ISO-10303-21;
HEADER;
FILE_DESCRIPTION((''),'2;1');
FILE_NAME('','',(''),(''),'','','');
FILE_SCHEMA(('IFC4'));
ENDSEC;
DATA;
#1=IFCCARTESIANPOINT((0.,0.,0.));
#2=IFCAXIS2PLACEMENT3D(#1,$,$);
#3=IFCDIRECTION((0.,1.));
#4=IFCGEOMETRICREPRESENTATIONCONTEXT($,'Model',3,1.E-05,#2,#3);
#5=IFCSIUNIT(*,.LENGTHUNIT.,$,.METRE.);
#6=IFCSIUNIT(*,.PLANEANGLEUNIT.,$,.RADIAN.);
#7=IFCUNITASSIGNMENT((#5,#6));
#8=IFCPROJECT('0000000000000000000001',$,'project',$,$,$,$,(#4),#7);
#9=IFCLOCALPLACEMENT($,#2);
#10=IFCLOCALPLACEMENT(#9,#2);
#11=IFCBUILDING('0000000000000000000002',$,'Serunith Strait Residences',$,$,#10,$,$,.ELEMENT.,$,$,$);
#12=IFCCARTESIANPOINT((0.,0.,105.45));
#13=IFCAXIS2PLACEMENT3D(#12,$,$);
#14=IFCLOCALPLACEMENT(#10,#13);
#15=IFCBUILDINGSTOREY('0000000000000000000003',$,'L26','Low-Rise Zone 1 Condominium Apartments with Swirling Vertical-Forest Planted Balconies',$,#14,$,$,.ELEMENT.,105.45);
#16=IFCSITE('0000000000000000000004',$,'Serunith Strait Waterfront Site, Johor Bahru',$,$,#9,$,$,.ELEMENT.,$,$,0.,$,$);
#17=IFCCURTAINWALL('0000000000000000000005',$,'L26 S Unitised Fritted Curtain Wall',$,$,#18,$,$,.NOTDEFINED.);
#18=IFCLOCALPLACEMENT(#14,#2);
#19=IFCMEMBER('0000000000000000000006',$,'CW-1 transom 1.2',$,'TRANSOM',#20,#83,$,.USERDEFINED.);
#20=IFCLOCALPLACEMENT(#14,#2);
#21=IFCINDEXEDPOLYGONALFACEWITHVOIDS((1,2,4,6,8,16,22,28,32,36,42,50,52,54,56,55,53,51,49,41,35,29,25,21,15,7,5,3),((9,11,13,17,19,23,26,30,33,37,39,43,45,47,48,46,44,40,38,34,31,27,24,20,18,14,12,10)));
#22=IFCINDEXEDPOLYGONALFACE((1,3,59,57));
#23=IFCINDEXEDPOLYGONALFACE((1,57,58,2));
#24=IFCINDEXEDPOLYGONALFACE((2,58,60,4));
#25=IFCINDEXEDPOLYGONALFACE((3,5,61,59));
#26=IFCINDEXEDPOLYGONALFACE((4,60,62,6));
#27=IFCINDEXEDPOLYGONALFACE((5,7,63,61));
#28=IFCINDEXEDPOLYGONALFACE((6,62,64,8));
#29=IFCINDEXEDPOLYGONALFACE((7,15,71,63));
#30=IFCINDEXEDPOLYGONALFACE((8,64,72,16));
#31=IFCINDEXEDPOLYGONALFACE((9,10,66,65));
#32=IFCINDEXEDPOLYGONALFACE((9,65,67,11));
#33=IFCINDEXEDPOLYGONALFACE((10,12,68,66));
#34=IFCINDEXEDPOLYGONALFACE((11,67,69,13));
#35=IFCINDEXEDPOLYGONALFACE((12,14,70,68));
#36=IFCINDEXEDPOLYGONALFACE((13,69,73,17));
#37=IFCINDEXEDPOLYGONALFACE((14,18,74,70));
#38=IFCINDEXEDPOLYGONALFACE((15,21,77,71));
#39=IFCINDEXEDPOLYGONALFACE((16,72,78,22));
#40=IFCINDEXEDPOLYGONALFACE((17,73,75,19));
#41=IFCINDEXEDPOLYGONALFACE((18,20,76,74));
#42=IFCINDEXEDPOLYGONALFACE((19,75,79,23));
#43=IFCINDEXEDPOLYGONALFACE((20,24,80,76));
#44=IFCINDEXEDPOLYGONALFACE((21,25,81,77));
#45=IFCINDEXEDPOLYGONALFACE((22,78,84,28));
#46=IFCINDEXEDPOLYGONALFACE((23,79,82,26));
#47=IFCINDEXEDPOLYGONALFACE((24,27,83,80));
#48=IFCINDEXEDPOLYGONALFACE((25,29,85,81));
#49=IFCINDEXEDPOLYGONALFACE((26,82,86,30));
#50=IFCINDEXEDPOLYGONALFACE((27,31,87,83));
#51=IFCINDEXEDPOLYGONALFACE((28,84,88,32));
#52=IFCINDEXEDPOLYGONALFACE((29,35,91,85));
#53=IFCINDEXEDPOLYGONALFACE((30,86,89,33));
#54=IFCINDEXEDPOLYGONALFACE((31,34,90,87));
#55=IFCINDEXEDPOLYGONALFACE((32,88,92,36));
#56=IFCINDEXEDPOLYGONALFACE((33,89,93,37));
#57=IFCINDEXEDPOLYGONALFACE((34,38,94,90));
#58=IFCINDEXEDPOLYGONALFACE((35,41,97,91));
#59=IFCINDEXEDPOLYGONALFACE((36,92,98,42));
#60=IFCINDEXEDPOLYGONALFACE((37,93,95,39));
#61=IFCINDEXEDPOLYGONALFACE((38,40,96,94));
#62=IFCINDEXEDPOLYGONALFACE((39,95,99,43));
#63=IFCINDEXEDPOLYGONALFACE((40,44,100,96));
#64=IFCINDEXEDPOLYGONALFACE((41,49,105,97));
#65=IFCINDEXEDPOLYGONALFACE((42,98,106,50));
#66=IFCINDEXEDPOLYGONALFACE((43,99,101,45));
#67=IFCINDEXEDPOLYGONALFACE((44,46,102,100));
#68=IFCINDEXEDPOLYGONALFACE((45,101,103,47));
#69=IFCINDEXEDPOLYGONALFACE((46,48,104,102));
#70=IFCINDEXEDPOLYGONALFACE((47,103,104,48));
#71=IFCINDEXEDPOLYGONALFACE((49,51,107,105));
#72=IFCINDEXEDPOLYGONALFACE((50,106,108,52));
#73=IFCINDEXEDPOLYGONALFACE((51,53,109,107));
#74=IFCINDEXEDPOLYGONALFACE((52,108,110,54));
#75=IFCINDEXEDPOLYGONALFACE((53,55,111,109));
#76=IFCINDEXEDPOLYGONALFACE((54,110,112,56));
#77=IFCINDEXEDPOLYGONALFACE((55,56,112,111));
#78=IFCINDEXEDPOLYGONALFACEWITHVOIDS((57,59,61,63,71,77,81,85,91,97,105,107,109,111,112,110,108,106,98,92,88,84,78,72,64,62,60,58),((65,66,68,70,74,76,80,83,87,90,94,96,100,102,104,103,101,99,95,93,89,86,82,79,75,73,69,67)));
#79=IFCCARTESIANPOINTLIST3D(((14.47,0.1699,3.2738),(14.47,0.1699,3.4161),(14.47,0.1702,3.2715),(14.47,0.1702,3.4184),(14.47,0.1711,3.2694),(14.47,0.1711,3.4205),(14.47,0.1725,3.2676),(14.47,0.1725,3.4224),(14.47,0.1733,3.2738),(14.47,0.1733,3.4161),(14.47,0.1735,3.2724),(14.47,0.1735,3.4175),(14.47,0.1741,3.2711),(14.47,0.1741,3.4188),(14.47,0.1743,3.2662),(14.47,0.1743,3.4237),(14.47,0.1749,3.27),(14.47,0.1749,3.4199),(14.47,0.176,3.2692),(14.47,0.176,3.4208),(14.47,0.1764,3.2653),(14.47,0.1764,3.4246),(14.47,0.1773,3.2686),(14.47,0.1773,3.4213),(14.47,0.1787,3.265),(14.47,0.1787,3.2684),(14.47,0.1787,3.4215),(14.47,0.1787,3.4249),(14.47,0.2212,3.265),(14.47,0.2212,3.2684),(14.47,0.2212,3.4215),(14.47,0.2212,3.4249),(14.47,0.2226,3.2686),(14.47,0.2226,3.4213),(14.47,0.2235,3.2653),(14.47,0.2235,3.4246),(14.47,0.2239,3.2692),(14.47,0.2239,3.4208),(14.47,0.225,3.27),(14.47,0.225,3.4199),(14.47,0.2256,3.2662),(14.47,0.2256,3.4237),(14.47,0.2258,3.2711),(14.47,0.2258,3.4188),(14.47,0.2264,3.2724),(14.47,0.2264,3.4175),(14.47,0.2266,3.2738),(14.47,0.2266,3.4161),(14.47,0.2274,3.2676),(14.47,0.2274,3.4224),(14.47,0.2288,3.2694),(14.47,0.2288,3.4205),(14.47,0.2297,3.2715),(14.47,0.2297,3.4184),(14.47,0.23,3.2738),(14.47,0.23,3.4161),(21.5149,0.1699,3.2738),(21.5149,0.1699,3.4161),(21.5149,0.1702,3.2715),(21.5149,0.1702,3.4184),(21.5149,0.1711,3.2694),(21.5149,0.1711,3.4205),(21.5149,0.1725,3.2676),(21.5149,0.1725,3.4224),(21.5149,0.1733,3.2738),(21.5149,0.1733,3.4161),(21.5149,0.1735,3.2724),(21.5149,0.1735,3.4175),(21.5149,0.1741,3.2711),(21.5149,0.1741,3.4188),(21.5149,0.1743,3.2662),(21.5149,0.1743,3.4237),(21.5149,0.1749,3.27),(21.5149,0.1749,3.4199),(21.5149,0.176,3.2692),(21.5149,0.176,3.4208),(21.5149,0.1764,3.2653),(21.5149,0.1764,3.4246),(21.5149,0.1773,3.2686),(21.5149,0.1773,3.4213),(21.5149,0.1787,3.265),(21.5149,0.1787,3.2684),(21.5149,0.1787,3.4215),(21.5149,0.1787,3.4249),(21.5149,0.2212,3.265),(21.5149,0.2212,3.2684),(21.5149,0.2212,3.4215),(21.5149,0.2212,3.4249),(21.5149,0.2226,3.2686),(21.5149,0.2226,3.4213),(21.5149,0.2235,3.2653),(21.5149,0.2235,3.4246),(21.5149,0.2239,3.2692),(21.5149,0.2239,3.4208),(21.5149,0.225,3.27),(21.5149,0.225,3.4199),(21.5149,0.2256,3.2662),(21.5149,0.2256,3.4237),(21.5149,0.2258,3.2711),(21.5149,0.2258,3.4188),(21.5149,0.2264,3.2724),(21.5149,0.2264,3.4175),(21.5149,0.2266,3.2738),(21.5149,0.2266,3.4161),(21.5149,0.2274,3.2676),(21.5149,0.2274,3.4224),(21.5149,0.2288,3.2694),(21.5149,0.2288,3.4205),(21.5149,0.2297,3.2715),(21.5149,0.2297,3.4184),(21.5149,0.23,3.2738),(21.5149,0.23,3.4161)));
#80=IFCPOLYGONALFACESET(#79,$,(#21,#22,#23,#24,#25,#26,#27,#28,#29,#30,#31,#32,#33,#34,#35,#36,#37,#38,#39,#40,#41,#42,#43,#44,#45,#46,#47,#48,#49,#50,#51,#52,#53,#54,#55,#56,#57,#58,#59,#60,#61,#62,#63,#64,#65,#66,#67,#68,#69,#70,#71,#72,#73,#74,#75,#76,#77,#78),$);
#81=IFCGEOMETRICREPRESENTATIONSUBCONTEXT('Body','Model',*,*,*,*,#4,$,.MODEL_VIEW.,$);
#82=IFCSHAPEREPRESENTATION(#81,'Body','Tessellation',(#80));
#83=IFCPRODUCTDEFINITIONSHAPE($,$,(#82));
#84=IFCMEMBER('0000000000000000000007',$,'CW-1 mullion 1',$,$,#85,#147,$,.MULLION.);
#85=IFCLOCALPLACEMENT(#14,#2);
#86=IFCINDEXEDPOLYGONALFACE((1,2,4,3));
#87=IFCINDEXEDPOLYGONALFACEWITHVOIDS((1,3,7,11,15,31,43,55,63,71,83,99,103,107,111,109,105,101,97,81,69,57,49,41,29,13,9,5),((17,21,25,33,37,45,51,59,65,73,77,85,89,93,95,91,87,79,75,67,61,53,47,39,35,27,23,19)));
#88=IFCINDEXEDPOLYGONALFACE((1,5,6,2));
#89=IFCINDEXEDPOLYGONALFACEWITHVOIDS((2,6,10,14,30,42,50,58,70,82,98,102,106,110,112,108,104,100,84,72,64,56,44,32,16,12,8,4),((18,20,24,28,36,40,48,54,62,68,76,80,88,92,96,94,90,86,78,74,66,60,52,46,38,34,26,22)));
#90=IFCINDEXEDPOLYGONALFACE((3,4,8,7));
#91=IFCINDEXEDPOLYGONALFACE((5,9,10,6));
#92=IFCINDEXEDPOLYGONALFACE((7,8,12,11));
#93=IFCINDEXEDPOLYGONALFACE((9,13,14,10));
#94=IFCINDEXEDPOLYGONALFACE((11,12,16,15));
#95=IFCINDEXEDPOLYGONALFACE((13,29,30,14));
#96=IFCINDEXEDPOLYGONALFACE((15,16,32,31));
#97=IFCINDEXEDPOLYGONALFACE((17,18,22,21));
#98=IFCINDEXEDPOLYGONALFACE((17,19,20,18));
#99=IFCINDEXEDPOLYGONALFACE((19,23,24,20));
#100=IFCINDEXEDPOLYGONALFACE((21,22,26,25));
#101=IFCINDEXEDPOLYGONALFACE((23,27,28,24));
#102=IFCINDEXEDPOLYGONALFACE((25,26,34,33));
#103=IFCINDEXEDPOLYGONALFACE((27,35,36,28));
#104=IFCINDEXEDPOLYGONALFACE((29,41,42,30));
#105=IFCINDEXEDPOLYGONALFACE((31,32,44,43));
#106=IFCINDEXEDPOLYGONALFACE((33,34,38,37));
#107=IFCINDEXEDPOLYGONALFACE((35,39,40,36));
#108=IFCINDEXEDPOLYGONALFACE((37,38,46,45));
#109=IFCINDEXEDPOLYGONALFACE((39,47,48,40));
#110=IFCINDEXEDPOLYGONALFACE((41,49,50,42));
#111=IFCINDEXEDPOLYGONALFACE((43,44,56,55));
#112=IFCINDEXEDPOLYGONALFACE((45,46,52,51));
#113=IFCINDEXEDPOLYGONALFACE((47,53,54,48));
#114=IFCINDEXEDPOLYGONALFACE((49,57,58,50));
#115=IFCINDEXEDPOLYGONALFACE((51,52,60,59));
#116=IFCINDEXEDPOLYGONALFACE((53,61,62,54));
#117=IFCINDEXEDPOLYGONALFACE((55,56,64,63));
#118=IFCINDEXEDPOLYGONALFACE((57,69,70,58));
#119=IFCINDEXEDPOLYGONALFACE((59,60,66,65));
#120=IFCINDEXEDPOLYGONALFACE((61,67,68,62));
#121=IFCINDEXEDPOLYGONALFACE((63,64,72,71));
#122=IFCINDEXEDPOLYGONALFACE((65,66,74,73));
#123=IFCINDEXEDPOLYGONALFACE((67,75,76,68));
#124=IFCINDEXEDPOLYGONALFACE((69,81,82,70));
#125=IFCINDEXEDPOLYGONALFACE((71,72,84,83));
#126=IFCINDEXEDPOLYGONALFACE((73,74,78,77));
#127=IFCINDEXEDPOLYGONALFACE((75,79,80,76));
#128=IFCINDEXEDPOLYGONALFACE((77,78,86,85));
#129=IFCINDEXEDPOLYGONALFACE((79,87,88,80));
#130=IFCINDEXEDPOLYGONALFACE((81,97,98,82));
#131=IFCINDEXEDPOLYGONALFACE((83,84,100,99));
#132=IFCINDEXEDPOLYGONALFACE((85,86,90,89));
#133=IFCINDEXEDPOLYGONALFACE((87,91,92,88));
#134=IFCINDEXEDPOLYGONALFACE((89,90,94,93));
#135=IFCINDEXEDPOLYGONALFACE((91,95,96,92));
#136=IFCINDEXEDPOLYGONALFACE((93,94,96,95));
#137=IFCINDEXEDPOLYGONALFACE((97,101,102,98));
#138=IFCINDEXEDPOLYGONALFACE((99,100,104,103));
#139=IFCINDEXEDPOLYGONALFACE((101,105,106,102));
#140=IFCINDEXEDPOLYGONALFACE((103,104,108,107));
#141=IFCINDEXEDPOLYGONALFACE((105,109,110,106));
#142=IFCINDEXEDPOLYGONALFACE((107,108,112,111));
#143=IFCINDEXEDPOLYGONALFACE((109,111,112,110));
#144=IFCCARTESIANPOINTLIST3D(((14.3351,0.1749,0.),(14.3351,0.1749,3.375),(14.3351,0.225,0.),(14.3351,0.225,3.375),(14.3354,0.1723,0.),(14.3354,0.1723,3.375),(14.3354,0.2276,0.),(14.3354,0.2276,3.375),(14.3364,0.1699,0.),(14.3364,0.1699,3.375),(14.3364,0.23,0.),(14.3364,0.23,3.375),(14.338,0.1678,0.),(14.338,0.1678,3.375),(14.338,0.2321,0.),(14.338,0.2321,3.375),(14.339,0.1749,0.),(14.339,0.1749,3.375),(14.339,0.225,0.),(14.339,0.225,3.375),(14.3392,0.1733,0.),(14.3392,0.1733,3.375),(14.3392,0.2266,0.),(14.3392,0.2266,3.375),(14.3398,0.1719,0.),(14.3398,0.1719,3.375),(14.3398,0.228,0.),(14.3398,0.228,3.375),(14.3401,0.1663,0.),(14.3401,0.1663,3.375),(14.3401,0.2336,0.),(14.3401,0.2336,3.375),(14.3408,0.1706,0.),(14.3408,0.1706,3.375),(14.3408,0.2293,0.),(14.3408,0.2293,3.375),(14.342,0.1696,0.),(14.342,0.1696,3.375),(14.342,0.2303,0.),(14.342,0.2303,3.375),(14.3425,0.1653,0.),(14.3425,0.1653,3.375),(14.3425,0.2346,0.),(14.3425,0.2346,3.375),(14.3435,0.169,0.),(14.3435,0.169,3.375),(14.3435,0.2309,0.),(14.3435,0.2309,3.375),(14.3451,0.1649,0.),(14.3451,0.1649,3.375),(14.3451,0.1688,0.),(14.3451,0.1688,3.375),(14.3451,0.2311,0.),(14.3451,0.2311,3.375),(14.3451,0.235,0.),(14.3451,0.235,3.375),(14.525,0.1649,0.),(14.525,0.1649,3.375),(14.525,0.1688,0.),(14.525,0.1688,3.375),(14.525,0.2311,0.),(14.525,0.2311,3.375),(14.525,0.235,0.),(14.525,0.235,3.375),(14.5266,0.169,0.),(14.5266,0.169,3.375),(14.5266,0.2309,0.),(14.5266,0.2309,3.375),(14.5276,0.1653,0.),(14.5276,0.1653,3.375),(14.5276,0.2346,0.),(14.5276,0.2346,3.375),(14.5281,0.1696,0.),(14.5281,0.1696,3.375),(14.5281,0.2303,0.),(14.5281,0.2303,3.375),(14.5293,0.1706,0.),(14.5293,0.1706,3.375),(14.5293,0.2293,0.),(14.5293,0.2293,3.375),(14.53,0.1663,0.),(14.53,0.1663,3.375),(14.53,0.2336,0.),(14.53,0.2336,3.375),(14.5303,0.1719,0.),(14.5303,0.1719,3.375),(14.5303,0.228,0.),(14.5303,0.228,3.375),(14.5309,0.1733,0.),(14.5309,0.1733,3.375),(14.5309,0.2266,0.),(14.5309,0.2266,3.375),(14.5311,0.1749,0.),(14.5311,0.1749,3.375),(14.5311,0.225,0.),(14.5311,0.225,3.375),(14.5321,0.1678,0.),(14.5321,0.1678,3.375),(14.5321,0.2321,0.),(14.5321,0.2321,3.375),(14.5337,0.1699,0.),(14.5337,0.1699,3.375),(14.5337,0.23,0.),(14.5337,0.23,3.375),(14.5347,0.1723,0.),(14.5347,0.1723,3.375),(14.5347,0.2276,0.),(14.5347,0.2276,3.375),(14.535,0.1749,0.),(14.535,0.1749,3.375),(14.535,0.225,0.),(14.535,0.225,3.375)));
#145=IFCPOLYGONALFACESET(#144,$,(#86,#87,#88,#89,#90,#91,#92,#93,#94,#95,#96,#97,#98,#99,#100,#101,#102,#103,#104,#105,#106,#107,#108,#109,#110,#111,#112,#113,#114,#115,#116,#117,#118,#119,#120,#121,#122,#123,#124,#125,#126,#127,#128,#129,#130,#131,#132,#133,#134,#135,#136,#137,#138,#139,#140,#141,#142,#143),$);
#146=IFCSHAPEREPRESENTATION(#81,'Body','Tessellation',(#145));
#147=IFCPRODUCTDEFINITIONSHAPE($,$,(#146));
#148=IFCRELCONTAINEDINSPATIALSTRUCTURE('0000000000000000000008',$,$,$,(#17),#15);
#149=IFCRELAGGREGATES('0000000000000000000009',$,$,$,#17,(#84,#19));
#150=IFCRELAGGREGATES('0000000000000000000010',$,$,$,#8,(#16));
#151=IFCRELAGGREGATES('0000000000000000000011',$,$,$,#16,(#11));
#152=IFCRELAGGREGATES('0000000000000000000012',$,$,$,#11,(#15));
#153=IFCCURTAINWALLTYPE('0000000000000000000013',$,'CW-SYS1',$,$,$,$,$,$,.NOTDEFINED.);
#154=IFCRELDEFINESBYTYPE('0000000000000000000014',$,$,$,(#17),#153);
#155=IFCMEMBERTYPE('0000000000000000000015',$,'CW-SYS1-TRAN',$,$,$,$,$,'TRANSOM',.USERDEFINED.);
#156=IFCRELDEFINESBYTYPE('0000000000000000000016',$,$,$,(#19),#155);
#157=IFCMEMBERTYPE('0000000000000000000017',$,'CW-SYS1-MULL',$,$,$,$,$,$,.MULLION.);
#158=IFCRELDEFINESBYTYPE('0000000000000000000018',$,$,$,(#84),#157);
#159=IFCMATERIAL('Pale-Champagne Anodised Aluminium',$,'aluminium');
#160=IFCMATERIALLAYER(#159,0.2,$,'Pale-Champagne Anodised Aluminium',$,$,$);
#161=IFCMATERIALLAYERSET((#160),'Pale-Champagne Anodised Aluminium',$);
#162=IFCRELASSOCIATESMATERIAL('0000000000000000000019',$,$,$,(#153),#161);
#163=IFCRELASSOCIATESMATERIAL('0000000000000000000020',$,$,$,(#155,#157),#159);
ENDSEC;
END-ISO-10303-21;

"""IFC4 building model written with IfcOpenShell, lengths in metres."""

from ifc_helpers import new_model, si_unit, direction, frame, origin, origin_2d, place, context, subcontext, project, spatial, hollow_rectangle, extrude, source, transform, mapped, material, layer, layer_set, material_profile, profile_set, type_object, element, aggregate, save


model = new_model("IFC4")

# Units and contexts
model_context = context("Model", 3, precision=1e-05, world=origin(), true_north=direction((0.0, 1.0)))
body_context = subcontext(model_context, "Body", "Model", "MODEL_VIEW")
ifc_project = project(units=[si_unit("LENGTHUNIT", "METRE"), si_unit("PLANEANGLEUNIT", "RADIAN")], contexts=[model_context])

# Site, building, storey
site_placement = place(None, origin())
site = spatial("IfcSite", under=ifc_project, at=site_placement, Name="Serunith Strait Waterfront Site, Johor Bahru", CompositionType="ELEMENT", RefElevation=0.0)
building_placement = place(site_placement, origin())
building = spatial("IfcBuilding", under=site, at=building_placement, Name="Serunith Strait Residences", CompositionType="ELEMENT")
storey_placement = place(building_placement, frame((0.0, 0.0, 105.45)))
storey = spatial("IfcBuildingStorey", under=building, at=storey_placement, Name="L26", Description="Low-Rise Zone 1 Condominium Apartments with Swirling Vertical-Forest Planted Balconies", CompositionType="ELEMENT", Elevation=105.45)

# Curtain wall, members
ifc_material_1 = material(Name="Pale-Champagne Anodised Aluminium", Category="aluminium")
ifc_layer_1 = layer(ifc_material_1, 0.2, Name="Pale-Champagne Anodised Aluminium")
ifc_layer_set_1 = layer_set([ifc_layer_1], Name="Pale-Champagne Anodised Aluminium")
curtain_wall_type = type_object("IfcCurtainWallType", Name="CW-SYS1", PredefinedType="NOTDEFINED", material=ifc_layer_set_1)
curtain_wall_1_placement = place(storey_placement, origin())
curtain_wall_1 = element("IfcCurtainWall", 1, at=curtain_wall_1_placement, inside=storey, type_object=curtain_wall_type, Name="L26 S Unitised Fritted Curtain Wall", PredefinedType="NOTDEFINED")
ifc_material_profile_1 = material_profile(ifc_material_1, hollow_rectangle(XDim=0.0601, YDim=0.1599, WallThickness=0.0034, InnerFilletRadius=0.0054, OuterFilletRadius=0.0088, at=origin_2d()), Name="ALU 160x60x3.5")
ifc_profile_set_1 = profile_set([ifc_material_profile_1], Name="Pale-Champagne Anodised Aluminium")
member_type_1 = type_object("IfcMemberType", Name="CW-SYS1-TRAN", ElementType="TRANSOM", PredefinedType="USERDEFINED", material=ifc_profile_set_1)
shared_shape_1 = source(origin(), body_context, "Body", "SweptSolid", [
    extrude(hollow_rectangle(XDim=0.0601, YDim=0.1599, WallThickness=0.0034, InnerFilletRadius=0.0054, OuterFilletRadius=0.0088, at=origin_2d()), origin(), (0.0, 0.0, 1.0), 7.0449),
])
member_1_placement = place(storey_placement, frame((14.47, 0.2, 3.345), z_axis=(1.0, 0.0, 0.0), x_axis=(0.0, 1.0, 0.0)))
member_1 = element("IfcMember", 2, at=member_1_placement, type_object=member_type_1, Name="CW-1 transom 1.2", ObjectType="TRANSOM", PredefinedType="USERDEFINED", context=body_context, shape_type="MappedRepresentation", body=[
    mapped(shared_shape_1, transform((0.0, 0.0, 0.0), scale=1.0)),
])
ifc_material_profile_2 = material_profile(ifc_material_1, hollow_rectangle(XDim=0.0701, YDim=0.2, WallThickness=0.0039, InnerFilletRadius=0.0061, OuterFilletRadius=0.01, at=origin_2d()), Name="ALU 200x70x4")
ifc_profile_set_2 = profile_set([ifc_material_profile_2], Name="Pale-Champagne Anodised Aluminium")
member_type_2 = type_object("IfcMemberType", Name="CW-SYS1-MULL", PredefinedType="MULLION", material=ifc_profile_set_2)
shared_shape_2 = source(origin(), body_context, "Body", "SweptSolid", [
    extrude(hollow_rectangle(XDim=0.0701, YDim=0.2, WallThickness=0.0039, InnerFilletRadius=0.0061, OuterFilletRadius=0.01, at=origin_2d()), origin(), (0.0, 0.0, 1.0), 3.375),
])
member_2_placement = place(storey_placement, frame((14.4351, 0.2, 0.0), z_axis=(0.0, 0.0, 1.0), x_axis=(0.0, 1.0, 0.0)))
member_2 = element("IfcMember", 3, at=member_2_placement, type_object=member_type_2, Name="CW-1 mullion 1", PredefinedType="MULLION", context=body_context, shape_type="MappedRepresentation", body=[
    mapped(shared_shape_2, transform((0.0, 0.0, 0.0), scale=1.0)),
])
aggregate(curtain_wall_1, [member_2, member_1])

save(model, "model.ifc")
